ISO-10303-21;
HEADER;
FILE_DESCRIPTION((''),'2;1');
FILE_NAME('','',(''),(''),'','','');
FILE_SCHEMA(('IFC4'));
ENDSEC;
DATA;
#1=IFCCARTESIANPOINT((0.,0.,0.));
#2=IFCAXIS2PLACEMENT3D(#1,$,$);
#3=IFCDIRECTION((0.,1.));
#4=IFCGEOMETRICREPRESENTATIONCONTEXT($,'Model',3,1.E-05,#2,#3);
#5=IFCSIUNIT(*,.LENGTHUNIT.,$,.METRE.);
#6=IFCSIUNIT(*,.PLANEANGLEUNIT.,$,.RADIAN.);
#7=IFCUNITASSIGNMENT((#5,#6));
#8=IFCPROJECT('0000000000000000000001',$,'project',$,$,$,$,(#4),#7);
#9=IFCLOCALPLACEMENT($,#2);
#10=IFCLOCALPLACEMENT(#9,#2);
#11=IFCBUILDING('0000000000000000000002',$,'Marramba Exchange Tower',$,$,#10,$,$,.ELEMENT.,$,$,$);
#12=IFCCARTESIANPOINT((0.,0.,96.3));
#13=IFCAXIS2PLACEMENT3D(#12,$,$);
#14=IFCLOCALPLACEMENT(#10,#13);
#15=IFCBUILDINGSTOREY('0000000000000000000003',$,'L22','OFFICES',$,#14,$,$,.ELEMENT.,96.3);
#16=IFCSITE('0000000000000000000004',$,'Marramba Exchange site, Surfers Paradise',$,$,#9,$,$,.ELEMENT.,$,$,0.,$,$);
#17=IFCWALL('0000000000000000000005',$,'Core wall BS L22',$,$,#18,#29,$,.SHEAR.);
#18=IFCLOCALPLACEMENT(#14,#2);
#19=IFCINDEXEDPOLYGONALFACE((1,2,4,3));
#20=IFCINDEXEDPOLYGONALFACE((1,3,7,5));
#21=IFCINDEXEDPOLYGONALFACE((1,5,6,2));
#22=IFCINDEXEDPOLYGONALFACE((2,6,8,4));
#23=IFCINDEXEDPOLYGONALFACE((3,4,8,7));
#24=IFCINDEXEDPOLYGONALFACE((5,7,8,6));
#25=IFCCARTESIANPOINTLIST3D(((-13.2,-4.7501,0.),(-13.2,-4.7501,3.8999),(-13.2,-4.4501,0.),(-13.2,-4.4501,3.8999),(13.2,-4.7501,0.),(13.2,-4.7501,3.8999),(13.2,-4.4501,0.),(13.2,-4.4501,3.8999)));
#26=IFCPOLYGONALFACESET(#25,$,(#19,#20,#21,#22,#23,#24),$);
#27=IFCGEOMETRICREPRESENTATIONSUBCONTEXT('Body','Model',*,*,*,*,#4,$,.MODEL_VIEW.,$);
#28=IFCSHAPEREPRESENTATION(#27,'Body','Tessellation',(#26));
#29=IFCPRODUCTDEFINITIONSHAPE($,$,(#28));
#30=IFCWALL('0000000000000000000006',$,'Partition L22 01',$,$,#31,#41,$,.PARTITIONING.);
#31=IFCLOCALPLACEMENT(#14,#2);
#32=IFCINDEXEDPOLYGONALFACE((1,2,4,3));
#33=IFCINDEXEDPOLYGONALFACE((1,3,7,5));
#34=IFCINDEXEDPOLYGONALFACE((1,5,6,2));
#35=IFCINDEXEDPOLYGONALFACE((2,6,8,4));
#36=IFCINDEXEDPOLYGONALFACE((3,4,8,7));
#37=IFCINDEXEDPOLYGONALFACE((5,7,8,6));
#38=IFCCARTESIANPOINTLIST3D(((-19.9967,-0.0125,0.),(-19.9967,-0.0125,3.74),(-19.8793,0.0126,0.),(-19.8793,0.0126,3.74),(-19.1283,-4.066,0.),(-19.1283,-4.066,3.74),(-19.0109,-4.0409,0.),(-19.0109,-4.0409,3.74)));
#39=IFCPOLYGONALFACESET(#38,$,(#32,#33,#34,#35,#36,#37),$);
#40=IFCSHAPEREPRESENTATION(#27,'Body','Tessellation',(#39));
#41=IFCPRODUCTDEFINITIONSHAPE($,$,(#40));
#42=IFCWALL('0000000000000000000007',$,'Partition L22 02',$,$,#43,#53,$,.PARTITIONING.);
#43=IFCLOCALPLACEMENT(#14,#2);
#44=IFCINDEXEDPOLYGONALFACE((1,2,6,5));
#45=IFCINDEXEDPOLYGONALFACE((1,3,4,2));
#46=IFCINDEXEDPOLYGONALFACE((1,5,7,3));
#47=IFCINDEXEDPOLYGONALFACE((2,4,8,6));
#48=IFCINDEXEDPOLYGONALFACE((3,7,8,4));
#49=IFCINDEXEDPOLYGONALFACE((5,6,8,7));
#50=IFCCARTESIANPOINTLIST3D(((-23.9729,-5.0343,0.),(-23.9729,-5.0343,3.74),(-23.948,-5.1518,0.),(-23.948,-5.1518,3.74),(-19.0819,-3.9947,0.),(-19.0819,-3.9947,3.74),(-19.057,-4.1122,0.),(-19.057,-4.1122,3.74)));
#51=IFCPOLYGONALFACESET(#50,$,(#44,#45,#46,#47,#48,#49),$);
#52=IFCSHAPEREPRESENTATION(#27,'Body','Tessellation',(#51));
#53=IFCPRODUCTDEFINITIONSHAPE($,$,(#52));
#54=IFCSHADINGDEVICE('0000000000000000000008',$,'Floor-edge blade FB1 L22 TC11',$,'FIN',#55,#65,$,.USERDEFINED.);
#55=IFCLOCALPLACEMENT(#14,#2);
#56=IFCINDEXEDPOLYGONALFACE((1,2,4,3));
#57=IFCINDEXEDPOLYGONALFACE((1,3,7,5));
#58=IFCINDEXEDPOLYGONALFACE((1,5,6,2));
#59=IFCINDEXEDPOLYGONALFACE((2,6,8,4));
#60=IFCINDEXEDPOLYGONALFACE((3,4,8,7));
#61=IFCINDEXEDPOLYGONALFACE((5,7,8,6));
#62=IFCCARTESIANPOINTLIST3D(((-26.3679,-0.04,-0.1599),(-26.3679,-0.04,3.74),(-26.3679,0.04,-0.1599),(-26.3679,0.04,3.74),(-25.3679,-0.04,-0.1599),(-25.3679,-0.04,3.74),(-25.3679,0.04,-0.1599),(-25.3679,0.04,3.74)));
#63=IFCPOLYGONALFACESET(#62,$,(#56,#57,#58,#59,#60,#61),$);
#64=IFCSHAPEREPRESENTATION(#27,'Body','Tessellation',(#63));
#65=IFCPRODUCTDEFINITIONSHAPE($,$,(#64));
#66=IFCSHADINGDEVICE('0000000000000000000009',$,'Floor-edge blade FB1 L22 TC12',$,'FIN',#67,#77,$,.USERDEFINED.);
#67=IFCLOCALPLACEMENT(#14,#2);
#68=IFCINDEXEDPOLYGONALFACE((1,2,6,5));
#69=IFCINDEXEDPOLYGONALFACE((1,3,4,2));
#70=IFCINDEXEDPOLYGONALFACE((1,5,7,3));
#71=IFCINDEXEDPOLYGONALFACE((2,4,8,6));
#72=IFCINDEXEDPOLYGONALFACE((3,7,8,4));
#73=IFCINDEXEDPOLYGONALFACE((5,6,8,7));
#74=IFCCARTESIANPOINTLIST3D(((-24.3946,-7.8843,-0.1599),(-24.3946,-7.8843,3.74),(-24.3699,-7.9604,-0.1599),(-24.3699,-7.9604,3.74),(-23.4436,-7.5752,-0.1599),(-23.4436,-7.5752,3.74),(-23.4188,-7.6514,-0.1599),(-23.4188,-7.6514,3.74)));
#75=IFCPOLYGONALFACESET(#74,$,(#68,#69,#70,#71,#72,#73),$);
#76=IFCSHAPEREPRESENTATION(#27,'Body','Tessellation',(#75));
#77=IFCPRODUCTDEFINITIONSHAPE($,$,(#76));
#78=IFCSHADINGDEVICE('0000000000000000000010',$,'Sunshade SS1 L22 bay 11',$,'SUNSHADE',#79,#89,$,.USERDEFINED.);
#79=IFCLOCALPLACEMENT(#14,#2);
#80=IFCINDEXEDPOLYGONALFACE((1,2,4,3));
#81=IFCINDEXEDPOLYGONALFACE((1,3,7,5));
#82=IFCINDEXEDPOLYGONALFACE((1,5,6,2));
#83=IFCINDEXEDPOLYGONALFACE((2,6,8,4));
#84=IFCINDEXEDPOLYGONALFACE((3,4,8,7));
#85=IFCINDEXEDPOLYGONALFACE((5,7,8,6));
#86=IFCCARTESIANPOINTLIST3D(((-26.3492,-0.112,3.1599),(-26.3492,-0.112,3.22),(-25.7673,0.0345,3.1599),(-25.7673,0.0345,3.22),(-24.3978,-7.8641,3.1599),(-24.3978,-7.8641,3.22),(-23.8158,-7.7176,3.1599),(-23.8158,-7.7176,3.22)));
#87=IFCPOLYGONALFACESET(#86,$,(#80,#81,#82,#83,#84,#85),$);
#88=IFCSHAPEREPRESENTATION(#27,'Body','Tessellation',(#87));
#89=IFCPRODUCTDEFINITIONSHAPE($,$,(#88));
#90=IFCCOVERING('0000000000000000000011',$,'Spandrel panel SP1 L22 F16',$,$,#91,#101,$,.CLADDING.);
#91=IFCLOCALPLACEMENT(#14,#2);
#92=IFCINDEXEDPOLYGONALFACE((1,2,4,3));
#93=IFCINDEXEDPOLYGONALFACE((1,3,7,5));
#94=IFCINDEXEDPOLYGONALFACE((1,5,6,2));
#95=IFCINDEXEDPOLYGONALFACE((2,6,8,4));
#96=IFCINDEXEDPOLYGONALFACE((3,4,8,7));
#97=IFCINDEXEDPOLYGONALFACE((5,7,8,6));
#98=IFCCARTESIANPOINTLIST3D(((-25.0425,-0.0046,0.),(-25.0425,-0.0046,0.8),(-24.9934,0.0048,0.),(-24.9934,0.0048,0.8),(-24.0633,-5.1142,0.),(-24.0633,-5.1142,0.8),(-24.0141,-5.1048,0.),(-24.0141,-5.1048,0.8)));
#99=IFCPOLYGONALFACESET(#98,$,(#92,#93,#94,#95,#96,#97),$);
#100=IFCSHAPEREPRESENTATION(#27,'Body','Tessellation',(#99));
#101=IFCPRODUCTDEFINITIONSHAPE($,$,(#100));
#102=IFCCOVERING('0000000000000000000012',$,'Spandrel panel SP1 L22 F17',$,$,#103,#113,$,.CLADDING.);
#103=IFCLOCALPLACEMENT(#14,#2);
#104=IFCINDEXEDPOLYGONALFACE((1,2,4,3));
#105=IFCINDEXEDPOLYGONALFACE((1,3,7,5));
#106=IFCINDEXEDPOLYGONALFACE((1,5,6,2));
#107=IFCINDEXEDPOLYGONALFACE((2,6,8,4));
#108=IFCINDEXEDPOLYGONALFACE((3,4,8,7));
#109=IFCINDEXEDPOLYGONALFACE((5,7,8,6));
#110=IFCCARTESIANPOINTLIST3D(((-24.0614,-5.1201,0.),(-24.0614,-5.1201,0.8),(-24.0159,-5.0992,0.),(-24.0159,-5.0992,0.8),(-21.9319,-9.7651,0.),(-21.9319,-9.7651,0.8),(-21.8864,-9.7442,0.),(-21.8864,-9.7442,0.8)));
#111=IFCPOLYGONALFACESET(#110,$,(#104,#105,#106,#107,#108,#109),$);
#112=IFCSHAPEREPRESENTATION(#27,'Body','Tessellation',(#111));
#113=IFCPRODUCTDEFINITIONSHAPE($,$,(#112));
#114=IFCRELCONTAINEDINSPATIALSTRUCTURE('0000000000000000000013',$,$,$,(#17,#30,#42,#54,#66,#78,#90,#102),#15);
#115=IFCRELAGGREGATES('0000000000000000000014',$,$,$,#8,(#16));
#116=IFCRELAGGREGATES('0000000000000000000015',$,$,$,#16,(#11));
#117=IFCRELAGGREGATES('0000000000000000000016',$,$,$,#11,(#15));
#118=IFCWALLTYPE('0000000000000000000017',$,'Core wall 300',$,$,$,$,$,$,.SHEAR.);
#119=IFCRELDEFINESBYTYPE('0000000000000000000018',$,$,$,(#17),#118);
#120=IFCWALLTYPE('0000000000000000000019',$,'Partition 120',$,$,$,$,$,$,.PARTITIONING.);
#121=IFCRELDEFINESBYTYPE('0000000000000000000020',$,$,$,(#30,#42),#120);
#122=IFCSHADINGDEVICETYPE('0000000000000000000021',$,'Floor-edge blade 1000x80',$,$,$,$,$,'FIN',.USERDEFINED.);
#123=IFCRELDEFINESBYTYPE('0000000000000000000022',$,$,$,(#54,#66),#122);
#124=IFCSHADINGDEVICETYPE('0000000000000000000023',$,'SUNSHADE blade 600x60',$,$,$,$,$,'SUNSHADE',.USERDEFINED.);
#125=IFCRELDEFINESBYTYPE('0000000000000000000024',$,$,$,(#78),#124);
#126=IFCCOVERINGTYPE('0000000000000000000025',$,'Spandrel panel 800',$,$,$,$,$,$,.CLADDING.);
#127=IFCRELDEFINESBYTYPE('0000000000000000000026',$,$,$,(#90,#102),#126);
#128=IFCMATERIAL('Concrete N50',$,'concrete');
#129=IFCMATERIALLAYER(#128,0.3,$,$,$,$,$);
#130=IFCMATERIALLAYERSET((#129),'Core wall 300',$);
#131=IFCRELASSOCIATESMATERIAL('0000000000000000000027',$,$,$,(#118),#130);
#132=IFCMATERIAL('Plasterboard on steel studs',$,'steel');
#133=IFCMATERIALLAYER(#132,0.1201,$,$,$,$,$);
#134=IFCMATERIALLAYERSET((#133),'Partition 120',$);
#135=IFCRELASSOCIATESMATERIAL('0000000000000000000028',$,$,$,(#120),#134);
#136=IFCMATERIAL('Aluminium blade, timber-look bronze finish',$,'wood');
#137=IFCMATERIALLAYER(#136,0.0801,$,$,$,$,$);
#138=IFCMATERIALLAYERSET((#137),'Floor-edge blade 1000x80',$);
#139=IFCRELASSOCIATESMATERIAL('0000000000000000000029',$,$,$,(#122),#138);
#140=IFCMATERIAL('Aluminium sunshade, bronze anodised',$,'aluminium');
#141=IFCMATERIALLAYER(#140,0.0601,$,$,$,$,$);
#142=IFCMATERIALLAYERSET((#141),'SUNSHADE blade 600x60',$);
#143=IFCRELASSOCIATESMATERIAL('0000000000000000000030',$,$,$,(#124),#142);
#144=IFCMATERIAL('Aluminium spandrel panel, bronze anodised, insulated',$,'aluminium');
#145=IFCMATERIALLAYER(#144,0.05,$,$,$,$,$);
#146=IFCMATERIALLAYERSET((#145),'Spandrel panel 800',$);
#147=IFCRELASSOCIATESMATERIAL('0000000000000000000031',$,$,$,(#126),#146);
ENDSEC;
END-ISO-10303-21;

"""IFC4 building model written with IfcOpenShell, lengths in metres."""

from ifc_helpers import new_model, si_unit, direction, frame, frame_2d, origin, origin_2d, place, context, subcontext, project, spatial, rectangle, extrude, material, layer, layer_set, type_object, element, save


model = new_model("IFC4")

# Units and contexts
model_context = context("Model", 3, precision=1e-05, world=origin(), true_north=direction((0.0, 1.0)))
body_context = subcontext(model_context, "Body", "Model", "MODEL_VIEW")
ifc_project = project(units=[si_unit("LENGTHUNIT", "METRE"), si_unit("PLANEANGLEUNIT", "RADIAN")], contexts=[model_context])

# Site, building, storey
site_placement = place(None, origin())
site = spatial("IfcSite", under=ifc_project, at=site_placement, Name="Marramba Exchange site, Surfers Paradise", CompositionType="ELEMENT", RefElevation=0.0)
building_placement = place(site_placement, origin())
building = spatial("IfcBuilding", under=site, at=building_placement, Name="Marramba Exchange Tower", CompositionType="ELEMENT")
storey_placement = place(building_placement, frame((0.0, 0.0, 96.3)))
storey = spatial("IfcBuildingStorey", under=building, at=storey_placement, Name="L22", Description="OFFICES", CompositionType="ELEMENT", Elevation=96.3)

# Shared definitions
ifc_material_1 = material(Name="Concrete N50", Category="concrete")

# Walls
ifc_layer_1 = layer(ifc_material_1, 0.3)
ifc_layer_set_1 = layer_set([ifc_layer_1], Name="Core wall 300")
wall_type_1 = type_object("IfcWallType", Name="Core wall 300", PredefinedType="SHEAR", material=ifc_layer_set_1)
wall_1_placement = place(storey_placement, frame((-13.2, -4.6001, 0.0), z_axis=(0.0, 0.0, 1.0), x_axis=(1.0, 0.0, 0.0)))
element("IfcWall", 1, at=wall_1_placement, inside=storey, type_object=wall_type_1, Name="Core wall BS L22", PredefinedType="SHEAR", context=body_context, shape_type="SweptSolid", body=[
    extrude(rectangle(XDim=26.3999, YDim=0.3, at=frame_2d((13.2, 0.0))), origin(), (0.0, 0.0, 1.0), 3.8999),
])
ifc_material_2 = material(Name="Plasterboard on steel studs", Category="steel")
ifc_layer_2 = layer(ifc_material_2, 0.1201)
ifc_layer_set_2 = layer_set([ifc_layer_2], Name="Partition 120")
wall_type_2 = type_object("IfcWallType", Name="Partition 120", PredefinedType="PARTITIONING", material=ifc_layer_set_2)
wall_2_placement = place(storey_placement, frame((-19.0696, -4.0535, 0.0), z_axis=(0.0, 0.0, 1.0), x_axis=(-0.209485, 0.977812, 0.0)))
element("IfcWall", 2, at=wall_2_placement, inside=storey, type_object=wall_type_2, Name="Partition L22 01", PredefinedType="PARTITIONING", context=body_context, shape_type="SweptSolid", body=[
    extrude(rectangle(XDim=4.1455, YDim=0.1201, at=frame_2d((2.0728, 0.0))), origin(), (0.0, 0.0, 1.0), 3.74),
])
wall_3_placement = place(storey_placement, frame((-19.0696, -4.0535, 0.0), z_axis=(0.0, 0.0, 1.0), x_axis=(-0.978149, -0.207905, 0.0)))
element("IfcWall", 3, at=wall_3_placement, inside=storey, type_object=wall_type_2, Name="Partition L22 02", PredefinedType="PARTITIONING", context=body_context, shape_type="SweptSolid", body=[
    extrude(rectangle(XDim=5.0002, YDim=0.1201, at=frame_2d((2.5, 0.0))), origin(), (0.0, 0.0, 1.0), 3.74),
])

# Shading devices
ifc_material_3 = material(Name="Aluminium blade, timber-look bronze finish", Category="wood")
ifc_layer_3 = layer(ifc_material_3, 0.0801)
ifc_layer_set_3 = layer_set([ifc_layer_3], Name="Floor-edge blade 1000x80")
shading_device_type_1 = type_object("IfcShadingDeviceType", Name="Floor-edge blade 1000x80", ElementType="FIN", PredefinedType="USERDEFINED", material=ifc_layer_set_3)
for number, where, z_axis, x_axis, name in (
    (4, (-25.8679, 0.0, -0.1599), (0.0, 0.0, 1.0), (-1.0, 0.0, 0.0), "Floor-edge blade FB1 L22 TC11"),
    (5, (-23.9067, -7.7678, -0.1599), (0.0, 0.0, 1.0), (-0.951057, -0.309017, 0.0), "Floor-edge blade FB1 L22 TC12"),
):
    element("IfcShadingDevice", number, at=place(storey_placement, frame(where, z_axis=z_axis, x_axis=x_axis)), inside=storey, type_object=shading_device_type_1, Name=name, ObjectType="FIN", PredefinedType="USERDEFINED", context=body_context, shape_type="SweptSolid", body=[
        extrude(rectangle(XDim=1.0, YDim=0.0801, at=origin_2d()), origin(), (0.0, 0.0, 1.0), 3.8999),
    ])
ifc_material_4 = material(Name="Aluminium sunshade, bronze anodised", Category="aluminium")
ifc_layer_4 = layer(ifc_material_4, 0.0601)
ifc_layer_set_4 = layer_set([ifc_layer_4], Name="SUNSHADE blade 600x60")
shading_device_type_2 = type_object("IfcShadingDeviceType", Name="SUNSHADE blade 600x60", ElementType="SUNSHADE", PredefinedType="USERDEFINED", material=ifc_layer_set_4)
shading_device_placement = place(storey_placement, frame((-25.0825, -3.9148, 3.1599), z_axis=(0.0, 0.0, 1.0), x_axis=(0.244117, -0.969746, 0.0)))
element("IfcShadingDevice", 6, at=shading_device_placement, inside=storey, type_object=shading_device_type_2, Name="Sunshade SS1 L22 bay 11", ObjectType="SUNSHADE", PredefinedType="USERDEFINED", context=body_context, shape_type="SweptSolid", body=[
    extrude(rectangle(XDim=7.9939, YDim=0.6001, at=origin_2d()), origin(), (0.0, 0.0, 1.0), 0.0601),
])

# Coverings
ifc_material_5 = material(Name="Aluminium spandrel panel, bronze anodised, insulated", Category="aluminium")
ifc_layer_5 = layer(ifc_material_5, 0.05)
ifc_layer_set_5 = layer_set([ifc_layer_5], Name="Spandrel panel 800")
covering_type = type_object("IfcCoveringType", Name="Spandrel panel 800", PredefinedType="CLADDING", material=ifc_layer_set_5)
covering_1_placement = place(storey_placement, frame((-24.5283, -2.5547, 0.0), z_axis=(0.0, 0.0, 1.0), x_axis=(0.188227, -0.982126, 0.0)))
element("IfcCovering", 7, at=covering_1_placement, inside=storey, type_object=covering_type, Name="Spandrel panel SP1 L22 F16", PredefinedType="CLADDING", context=body_context, shape_type="SweptSolid", body=[
    extrude(rectangle(XDim=5.2026, YDim=0.05, at=origin_2d()), origin(), (0.0, 0.0, 1.0), 0.8),
])
covering_2_placement = place(storey_placement, frame((-22.9739, -7.4321, 0.0), z_axis=(0.0, 0.0, 1.0), x_axis=(0.416738, -0.909027, 0.0)))
element("IfcCovering", 8, at=covering_2_placement, inside=storey, type_object=covering_type, Name="Spandrel panel SP1 L22 F17", PredefinedType="CLADDING", context=body_context, shape_type="SweptSolid", body=[
    extrude(rectangle(XDim=5.1099, YDim=0.05, at=origin_2d()), origin(), (0.0, 0.0, 1.0), 0.8),
])

save(model, "model.ifc")
